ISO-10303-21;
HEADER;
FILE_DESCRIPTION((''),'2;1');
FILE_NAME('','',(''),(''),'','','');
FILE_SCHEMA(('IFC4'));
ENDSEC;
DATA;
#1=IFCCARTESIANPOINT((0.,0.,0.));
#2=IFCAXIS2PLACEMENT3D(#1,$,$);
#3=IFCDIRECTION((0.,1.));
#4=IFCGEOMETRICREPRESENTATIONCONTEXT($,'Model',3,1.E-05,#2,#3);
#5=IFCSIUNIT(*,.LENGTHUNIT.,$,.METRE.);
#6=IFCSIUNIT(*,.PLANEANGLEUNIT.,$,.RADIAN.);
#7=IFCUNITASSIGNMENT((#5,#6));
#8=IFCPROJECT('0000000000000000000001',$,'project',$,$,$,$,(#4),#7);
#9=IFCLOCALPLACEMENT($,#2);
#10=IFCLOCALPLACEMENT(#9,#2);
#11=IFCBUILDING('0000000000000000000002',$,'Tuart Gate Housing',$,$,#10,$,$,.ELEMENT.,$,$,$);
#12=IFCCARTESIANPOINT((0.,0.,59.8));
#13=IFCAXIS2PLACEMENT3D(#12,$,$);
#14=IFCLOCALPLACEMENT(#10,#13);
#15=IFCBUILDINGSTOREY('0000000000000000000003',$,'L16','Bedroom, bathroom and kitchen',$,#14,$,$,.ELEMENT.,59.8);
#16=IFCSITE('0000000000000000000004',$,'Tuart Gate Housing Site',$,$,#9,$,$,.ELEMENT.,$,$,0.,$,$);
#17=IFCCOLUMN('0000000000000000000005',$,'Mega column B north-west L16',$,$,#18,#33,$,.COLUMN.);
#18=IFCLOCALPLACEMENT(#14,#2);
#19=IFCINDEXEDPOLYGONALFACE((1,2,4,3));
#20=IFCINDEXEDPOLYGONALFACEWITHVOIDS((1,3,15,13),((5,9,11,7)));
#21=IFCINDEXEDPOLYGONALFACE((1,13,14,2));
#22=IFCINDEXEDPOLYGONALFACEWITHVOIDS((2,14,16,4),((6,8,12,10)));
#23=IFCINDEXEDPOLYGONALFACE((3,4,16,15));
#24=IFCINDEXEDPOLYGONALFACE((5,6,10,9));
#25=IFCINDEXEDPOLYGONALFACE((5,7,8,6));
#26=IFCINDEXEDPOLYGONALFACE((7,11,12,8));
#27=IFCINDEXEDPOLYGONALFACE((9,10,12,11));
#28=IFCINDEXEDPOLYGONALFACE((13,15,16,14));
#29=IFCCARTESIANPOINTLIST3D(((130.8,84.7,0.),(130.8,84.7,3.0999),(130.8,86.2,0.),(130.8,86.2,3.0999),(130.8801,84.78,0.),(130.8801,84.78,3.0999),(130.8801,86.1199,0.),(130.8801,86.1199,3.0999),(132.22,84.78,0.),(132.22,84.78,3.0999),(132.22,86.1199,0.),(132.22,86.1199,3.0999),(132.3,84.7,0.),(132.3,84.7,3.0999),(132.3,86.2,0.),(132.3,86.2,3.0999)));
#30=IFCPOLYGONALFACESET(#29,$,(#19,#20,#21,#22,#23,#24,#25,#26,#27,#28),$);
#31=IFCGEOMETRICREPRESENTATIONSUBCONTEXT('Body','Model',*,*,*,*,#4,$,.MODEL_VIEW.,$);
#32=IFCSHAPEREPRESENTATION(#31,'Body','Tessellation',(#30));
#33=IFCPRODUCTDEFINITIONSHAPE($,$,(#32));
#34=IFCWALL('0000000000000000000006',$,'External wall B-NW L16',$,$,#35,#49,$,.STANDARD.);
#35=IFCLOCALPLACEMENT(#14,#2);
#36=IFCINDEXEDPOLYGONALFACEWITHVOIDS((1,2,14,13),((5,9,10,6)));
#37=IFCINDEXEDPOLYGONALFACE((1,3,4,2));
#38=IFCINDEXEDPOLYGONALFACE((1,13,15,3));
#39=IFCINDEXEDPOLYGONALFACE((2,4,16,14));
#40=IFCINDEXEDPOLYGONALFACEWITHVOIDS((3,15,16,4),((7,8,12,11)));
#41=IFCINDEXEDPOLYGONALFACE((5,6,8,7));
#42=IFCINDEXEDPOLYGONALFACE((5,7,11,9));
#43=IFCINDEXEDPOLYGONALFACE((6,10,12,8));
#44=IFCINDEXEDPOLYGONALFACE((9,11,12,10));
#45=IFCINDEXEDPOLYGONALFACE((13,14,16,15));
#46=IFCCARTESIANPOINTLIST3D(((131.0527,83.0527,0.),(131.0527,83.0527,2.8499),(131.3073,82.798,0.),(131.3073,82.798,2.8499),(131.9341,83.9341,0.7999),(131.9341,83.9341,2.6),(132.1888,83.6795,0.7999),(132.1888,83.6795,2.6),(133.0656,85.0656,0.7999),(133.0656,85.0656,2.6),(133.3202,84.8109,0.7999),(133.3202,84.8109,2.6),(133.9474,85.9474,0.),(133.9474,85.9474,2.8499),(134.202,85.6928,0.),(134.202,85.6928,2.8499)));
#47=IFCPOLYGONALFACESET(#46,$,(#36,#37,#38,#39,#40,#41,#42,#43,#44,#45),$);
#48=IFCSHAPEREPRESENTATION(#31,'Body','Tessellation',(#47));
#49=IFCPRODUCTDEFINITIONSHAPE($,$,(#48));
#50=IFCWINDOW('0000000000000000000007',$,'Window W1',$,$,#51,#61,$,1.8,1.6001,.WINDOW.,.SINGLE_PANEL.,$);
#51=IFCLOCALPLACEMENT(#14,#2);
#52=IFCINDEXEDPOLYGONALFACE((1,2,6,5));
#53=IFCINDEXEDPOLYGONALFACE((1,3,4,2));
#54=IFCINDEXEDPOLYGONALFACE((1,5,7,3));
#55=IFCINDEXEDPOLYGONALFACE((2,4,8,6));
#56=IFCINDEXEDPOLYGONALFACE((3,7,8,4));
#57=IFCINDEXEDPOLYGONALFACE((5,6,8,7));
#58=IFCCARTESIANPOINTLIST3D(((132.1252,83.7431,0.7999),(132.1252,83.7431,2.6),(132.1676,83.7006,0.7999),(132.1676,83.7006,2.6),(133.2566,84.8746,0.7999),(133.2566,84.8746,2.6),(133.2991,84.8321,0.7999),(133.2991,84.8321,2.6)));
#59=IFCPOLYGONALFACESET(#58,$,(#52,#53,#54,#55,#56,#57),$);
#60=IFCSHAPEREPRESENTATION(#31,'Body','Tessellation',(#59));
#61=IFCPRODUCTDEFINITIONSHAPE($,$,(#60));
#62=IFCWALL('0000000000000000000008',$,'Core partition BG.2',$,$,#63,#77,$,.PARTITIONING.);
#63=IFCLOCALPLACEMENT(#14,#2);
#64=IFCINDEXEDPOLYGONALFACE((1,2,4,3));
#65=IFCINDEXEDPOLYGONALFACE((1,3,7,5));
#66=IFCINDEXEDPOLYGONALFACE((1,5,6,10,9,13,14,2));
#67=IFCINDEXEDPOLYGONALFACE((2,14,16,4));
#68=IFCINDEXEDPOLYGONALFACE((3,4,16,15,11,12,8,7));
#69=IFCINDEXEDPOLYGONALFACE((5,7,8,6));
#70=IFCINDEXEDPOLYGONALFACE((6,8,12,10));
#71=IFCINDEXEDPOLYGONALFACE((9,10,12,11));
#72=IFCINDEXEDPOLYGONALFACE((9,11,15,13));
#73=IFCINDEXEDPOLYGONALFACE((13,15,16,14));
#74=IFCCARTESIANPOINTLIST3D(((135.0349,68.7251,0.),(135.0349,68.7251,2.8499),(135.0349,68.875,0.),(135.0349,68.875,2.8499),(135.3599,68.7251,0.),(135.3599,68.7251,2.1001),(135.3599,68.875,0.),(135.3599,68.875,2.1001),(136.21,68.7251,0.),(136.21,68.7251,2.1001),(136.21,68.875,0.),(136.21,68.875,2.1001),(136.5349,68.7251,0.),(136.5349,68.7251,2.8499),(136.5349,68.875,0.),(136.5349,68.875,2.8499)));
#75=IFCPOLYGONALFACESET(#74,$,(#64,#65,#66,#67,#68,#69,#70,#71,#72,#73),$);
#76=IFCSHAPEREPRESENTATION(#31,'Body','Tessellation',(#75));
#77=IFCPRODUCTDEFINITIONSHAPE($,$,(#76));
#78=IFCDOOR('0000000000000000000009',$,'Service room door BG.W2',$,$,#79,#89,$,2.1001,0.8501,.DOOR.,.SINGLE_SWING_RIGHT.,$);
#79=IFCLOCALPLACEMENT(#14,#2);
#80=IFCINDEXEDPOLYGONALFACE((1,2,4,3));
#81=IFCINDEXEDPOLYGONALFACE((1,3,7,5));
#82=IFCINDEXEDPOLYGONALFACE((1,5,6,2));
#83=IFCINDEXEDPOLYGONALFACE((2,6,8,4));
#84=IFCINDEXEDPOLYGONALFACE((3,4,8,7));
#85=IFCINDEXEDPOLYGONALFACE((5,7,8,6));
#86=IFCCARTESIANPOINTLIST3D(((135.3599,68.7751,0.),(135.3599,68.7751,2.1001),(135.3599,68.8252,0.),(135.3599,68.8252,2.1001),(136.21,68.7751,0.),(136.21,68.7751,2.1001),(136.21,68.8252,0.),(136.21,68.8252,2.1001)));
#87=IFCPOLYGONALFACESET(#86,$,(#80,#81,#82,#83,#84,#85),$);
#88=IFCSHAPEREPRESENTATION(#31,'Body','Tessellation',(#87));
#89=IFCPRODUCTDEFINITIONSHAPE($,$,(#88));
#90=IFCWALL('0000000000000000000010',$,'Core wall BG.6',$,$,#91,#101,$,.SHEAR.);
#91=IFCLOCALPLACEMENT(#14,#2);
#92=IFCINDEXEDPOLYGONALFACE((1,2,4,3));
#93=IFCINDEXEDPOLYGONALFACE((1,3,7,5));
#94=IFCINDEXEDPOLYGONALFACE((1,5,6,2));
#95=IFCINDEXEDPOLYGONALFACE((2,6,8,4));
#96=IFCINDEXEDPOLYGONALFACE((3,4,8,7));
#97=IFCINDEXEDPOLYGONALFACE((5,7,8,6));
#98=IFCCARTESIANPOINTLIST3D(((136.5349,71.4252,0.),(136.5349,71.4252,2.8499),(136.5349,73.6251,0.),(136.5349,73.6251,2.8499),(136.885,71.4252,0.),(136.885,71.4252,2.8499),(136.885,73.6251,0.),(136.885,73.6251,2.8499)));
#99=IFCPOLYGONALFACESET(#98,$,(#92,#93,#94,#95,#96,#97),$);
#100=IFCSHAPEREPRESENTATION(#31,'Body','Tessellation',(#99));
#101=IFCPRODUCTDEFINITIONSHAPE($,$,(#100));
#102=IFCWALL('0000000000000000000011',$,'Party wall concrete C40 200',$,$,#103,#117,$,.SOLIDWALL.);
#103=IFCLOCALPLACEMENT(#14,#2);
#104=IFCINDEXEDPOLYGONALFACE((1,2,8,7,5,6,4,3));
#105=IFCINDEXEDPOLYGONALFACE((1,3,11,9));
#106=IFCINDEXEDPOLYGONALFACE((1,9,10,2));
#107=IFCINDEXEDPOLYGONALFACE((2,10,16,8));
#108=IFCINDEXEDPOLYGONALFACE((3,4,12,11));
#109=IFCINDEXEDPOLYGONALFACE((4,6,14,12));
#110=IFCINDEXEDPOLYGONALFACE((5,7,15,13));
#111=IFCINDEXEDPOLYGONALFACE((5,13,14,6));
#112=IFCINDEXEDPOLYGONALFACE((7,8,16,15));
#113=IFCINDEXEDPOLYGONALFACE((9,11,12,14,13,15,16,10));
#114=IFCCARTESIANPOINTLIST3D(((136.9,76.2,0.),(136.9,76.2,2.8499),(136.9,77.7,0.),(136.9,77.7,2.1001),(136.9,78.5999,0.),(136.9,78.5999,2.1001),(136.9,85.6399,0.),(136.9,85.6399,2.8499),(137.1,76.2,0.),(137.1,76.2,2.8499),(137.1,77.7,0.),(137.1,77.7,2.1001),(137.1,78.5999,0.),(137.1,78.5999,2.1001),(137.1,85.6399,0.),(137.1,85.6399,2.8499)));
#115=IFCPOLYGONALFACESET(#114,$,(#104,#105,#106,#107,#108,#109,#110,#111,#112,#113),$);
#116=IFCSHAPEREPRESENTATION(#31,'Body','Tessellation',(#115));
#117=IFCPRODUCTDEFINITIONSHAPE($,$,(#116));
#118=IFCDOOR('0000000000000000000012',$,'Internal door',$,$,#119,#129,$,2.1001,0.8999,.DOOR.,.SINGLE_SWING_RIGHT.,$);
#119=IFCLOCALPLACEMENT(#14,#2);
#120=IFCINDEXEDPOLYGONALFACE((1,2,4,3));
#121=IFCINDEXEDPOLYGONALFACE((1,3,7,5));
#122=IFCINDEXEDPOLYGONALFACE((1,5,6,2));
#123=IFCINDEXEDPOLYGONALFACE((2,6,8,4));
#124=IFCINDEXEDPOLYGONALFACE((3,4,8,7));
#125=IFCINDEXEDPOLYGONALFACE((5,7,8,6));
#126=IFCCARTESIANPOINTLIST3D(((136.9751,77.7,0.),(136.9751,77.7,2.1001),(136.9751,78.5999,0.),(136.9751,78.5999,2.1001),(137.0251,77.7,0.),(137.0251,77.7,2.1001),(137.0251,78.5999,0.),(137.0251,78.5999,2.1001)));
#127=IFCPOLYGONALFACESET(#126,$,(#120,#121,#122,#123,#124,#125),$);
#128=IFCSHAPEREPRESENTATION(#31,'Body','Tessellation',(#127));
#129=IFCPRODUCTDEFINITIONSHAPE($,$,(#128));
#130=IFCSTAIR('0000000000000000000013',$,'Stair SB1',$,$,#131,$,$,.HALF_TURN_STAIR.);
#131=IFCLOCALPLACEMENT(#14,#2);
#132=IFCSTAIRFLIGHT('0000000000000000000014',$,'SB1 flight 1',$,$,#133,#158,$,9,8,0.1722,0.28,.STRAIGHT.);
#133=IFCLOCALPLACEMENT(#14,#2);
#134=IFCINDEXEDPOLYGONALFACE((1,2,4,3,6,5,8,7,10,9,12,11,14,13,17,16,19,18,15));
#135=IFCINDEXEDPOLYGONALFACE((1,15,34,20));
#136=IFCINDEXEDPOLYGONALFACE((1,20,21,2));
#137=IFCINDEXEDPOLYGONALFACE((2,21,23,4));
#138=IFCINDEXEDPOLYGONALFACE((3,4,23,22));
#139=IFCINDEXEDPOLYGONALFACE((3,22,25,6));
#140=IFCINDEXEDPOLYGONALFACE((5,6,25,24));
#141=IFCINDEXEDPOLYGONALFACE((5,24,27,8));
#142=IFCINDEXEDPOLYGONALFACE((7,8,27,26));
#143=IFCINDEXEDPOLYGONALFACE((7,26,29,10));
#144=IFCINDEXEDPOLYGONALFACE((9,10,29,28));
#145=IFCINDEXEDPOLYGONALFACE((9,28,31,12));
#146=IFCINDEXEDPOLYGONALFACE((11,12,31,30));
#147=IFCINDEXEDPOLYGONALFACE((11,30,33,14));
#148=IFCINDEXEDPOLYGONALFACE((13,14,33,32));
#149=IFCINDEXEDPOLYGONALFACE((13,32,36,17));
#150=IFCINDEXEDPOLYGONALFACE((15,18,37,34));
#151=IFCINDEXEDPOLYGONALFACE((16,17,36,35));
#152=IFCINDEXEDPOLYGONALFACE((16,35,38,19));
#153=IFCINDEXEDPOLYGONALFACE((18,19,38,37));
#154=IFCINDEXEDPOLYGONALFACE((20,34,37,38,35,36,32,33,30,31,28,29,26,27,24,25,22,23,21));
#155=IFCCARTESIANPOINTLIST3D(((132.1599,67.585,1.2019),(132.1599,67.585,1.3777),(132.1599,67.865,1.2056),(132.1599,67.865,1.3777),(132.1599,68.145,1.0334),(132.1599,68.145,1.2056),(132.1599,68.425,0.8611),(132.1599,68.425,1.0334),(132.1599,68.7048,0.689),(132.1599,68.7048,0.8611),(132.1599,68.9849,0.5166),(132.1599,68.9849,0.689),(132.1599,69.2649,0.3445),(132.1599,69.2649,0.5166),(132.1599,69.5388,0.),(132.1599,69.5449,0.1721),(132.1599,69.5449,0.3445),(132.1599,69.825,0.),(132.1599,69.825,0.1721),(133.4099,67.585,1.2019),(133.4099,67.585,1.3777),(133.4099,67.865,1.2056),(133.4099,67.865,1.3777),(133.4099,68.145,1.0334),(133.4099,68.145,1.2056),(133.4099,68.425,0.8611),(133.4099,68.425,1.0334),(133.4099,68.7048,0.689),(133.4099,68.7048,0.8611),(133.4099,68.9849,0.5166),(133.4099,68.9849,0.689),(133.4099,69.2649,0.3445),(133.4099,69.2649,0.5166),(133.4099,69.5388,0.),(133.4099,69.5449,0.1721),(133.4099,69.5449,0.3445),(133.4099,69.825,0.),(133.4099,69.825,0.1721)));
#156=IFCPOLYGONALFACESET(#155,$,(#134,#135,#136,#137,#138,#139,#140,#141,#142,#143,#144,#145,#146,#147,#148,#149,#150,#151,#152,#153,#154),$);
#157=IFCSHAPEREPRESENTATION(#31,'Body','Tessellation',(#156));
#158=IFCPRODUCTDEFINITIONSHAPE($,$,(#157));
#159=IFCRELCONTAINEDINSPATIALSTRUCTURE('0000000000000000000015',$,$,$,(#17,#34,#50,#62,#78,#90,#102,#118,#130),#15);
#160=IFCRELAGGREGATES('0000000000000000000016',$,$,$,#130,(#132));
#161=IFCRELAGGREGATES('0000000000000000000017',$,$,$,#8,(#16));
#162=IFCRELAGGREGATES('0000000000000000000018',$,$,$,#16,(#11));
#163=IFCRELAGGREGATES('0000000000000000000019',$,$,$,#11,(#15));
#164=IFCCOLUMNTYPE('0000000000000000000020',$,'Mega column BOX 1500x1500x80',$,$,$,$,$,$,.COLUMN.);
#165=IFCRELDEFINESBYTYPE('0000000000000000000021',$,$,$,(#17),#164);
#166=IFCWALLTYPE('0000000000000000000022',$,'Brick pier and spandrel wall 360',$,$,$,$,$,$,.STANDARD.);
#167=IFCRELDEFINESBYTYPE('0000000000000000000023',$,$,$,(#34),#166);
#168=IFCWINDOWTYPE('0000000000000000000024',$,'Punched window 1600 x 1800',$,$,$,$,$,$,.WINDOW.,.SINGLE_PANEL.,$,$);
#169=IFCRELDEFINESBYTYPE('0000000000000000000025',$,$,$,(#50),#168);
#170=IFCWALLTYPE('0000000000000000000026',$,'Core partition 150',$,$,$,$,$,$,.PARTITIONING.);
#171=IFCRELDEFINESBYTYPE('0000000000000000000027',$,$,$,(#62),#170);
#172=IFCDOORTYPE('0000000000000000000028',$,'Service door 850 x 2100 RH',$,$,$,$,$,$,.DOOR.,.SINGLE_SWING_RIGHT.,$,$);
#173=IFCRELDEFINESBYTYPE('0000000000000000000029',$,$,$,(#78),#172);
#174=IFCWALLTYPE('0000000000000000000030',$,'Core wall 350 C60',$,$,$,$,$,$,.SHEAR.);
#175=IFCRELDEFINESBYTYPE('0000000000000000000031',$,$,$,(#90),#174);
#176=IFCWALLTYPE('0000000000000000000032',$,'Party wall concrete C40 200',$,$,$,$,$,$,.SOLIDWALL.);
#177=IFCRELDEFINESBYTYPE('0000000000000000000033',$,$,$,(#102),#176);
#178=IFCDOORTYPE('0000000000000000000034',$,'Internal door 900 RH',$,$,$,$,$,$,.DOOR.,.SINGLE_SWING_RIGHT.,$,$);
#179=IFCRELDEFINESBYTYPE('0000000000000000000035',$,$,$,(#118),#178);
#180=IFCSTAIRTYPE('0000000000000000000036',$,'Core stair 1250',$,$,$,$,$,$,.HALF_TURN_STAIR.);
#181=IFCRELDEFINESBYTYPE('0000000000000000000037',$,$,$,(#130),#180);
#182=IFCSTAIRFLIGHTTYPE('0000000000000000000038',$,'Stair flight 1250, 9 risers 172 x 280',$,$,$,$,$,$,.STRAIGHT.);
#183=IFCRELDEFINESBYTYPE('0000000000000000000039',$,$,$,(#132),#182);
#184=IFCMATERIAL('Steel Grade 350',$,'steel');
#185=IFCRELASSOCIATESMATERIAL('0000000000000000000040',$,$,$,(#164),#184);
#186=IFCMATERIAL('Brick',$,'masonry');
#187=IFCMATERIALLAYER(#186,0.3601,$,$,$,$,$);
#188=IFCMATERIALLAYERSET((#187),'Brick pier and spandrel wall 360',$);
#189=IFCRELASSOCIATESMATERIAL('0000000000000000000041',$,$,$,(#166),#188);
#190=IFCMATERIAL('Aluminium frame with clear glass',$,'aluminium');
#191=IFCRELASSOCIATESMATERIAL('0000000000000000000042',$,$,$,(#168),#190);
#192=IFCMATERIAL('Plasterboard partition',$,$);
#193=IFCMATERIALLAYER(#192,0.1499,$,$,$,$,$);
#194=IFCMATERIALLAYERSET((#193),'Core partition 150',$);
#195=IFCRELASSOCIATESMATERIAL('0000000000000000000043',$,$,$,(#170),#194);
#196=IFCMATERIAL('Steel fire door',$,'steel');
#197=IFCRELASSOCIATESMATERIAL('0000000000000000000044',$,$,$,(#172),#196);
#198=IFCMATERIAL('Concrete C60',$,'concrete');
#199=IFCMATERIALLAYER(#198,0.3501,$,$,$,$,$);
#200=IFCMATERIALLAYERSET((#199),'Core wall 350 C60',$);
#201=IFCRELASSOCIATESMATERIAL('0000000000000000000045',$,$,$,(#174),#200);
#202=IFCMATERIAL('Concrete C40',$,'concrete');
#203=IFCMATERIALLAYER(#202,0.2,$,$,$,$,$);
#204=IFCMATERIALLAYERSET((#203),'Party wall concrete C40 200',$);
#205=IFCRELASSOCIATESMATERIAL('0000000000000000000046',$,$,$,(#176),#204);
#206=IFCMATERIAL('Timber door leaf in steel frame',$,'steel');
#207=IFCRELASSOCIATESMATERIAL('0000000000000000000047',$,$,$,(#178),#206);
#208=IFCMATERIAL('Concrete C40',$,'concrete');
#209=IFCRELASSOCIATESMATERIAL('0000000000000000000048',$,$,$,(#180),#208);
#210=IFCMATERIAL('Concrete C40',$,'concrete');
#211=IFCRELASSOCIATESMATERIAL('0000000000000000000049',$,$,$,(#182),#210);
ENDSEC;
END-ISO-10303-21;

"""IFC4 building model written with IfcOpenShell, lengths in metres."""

from ifc_helpers import new_model, si_unit, direction, frame, frame_2d, origin, origin_2d, place, context, subcontext, project, spatial, polyline, rectangle, hollow_rectangle, outline, extrude, material, layer, layer_set, material_profile, profile_set, type_object, element, fill, aggregate, save


model = new_model("IFC4")

# Units and contexts
model_context = context("Model", 3, precision=1e-05, world=origin(), true_north=direction((0.0, 1.0)))
body_context = subcontext(model_context, "Body", "Model", "MODEL_VIEW")
ifc_project = project(units=[si_unit("LENGTHUNIT", "METRE"), si_unit("PLANEANGLEUNIT", "RADIAN")], contexts=[model_context])

# Site, building, storey
site_placement = place(None, origin())
site = spatial("IfcSite", under=ifc_project, at=site_placement, Name="Tuart Gate Housing Site", CompositionType="ELEMENT", RefElevation=0.0)
building_placement = place(site_placement, origin())
building = spatial("IfcBuilding", under=site, at=building_placement, Name="Tuart Gate Housing", CompositionType="ELEMENT")
storey_placement = place(building_placement, frame((0.0, 0.0, 59.8)))
storey = spatial("IfcBuildingStorey", under=building, at=storey_placement, Name="L16", Description="Bedroom, bathroom and kitchen", CompositionType="ELEMENT", Elevation=59.8)

# Column
ifc_material_1 = material(Name="Steel Grade 350", Category="steel")
ifc_material_profile = material_profile(ifc_material_1, hollow_rectangle(XDim=1.5, YDim=1.5, WallThickness=0.0801, at=origin_2d()), Name="BOX 1500x1500x80")
ifc_profile_set = profile_set([ifc_material_profile], Name="Steel Grade 350")
column_type = type_object("IfcColumnType", Name="Mega column BOX 1500x1500x80", PredefinedType="COLUMN", material=ifc_profile_set)
column_placement = place(storey_placement, frame((131.55, 85.45, 0.0), z_axis=(0.0, 0.0, 1.0), x_axis=(1.0, 0.0, 0.0)))
element("IfcColumn", 1, at=column_placement, inside=storey, type_object=column_type, Name="Mega column B north-west L16", PredefinedType="COLUMN", context=body_context, shape_type="SweptSolid", body=[
    extrude(hollow_rectangle(XDim=1.5, YDim=1.5, WallThickness=0.0801, at=origin_2d()), origin(), (0.0, 0.0, 1.0), 3.0999),
])

# Wall, opening, window
ifc_material_2 = material(Name="Brick", Category="masonry")
ifc_layer_1 = layer(ifc_material_2, 0.3601)
ifc_layer_set_1 = layer_set([ifc_layer_1], Name="Brick pier and spandrel wall 360")
wall_type_1 = type_object("IfcWallType", Name="Brick pier and spandrel wall 360", PredefinedType="STANDARD", material=ifc_layer_set_1)
wall_1_placement = place(storey_placement, frame((134.0747, 85.8201, 0.0), z_axis=(0.0, 0.0, 1.0), x_axis=(-0.707107, -0.707107, 0.0)))
wall_1 = element("IfcWall", 2, at=wall_1_placement, inside=storey, type_object=wall_type_1, Name="External wall B-NW L16", PredefinedType="STANDARD", context=body_context, shape_type="SweptSolid", body=[
    extrude(rectangle(XDim=4.0938, YDim=0.3601, at=frame_2d((2.0469, 0.0))), origin(), (0.0, 0.0, 1.0), 2.8499),
])
opening_1_placement = place(wall_1_placement, frame((1.2471, 0.0, 0.8)))
opening_1 = element("IfcOpeningElement", 3, at=opening_1_placement, cuts=wall_1, PredefinedType="OPENING", context=body_context, shape_type="SweptSolid", body=[
    extrude(rectangle(XDim=1.6001, YDim=1.8, at=frame_2d((0.8, 0.8999))), frame((0.0, 0.1899, 0.0), z_axis=(0.0, -1.0, 0.0), x_axis=(1.0, 0.0, 0.0)), (0.0, 0.0, 1.0), 0.3801),
])
ifc_material_3 = material(Name="Aluminium frame with clear glass", Category="aluminium")
window_type = type_object("IfcWindowType", Name="Punched window 1600 x 1800", PartitioningType="SINGLE_PANEL", PredefinedType="WINDOW", material=ifc_material_3)
window_placement = place(opening_1_placement, origin())
window = element("IfcWindow", 4, at=window_placement, inside=storey, type_object=window_type, Name="Window W1", OverallHeight=1.8, OverallWidth=1.6001, PartitioningType="SINGLE_PANEL", PredefinedType="WINDOW", context=body_context, shape_type="SweptSolid", body=[
    extrude(rectangle(XDim=1.6001, YDim=1.8, at=frame_2d((0.8, 0.8999))), frame((0.0, 0.1501, 0.0), z_axis=(0.0, -1.0, 0.0), x_axis=(1.0, 0.0, 0.0)), (0.0, 0.0, 1.0), 0.0601),
])
fill(opening_1, window)

# Wall, opening, door
ifc_material_4 = material(Name="Plasterboard partition")
ifc_layer_2 = layer(ifc_material_4, 0.1499)
ifc_layer_set_2 = layer_set([ifc_layer_2], Name="Core partition 150")
wall_type_2 = type_object("IfcWallType", Name="Core partition 150", PredefinedType="PARTITIONING", material=ifc_layer_set_2)
wall_2_placement = place(storey_placement, frame((136.5349, 68.8, 0.0), z_axis=(0.0, 0.0, 1.0), x_axis=(-1.0, 0.0, 0.0)))
wall_2 = element("IfcWall", 5, at=wall_2_placement, inside=storey, type_object=wall_type_2, Name="Core partition BG.2", PredefinedType="PARTITIONING", context=body_context, shape_type="SweptSolid", body=[
    extrude(rectangle(XDim=1.5, YDim=0.1499, at=frame_2d((0.75, 0.0))), origin(), (0.0, 0.0, 1.0), 2.8499),
])
opening_2_placement = place(wall_2_placement, frame((0.325, 0.0, 0.0)))
opening_2 = element("IfcOpeningElement", 6, at=opening_2_placement, cuts=wall_2, PredefinedType="OPENING", context=body_context, shape_type="SweptSolid", body=[
    extrude(rectangle(XDim=0.8501, YDim=2.1001, at=frame_2d((0.425, 1.05))), frame((0.0, 0.085, 0.0), z_axis=(0.0, -1.0, 0.0), x_axis=(1.0, 0.0, 0.0)), (0.0, 0.0, 1.0), 0.1699),
])
ifc_material_5 = material(Name="Steel fire door", Category="steel")
door_type_1 = type_object("IfcDoorType", Name="Service door 850 x 2100 RH", OperationType="SINGLE_SWING_RIGHT", PredefinedType="DOOR", material=ifc_material_5)
door_1_placement = place(opening_2_placement, frame((0.8501, 0.0, 0.0), z_axis=(0.0, 0.0, 1.0), x_axis=(-1.0, 0.0, 0.0)))
door_1 = element("IfcDoor", 7, at=door_1_placement, inside=storey, type_object=door_type_1, Name="Service room door BG.W2", OperationType="SINGLE_SWING_RIGHT", OverallHeight=2.1001, OverallWidth=0.8501, PredefinedType="DOOR", context=body_context, shape_type="SweptSolid", body=[
    extrude(rectangle(XDim=0.8501, YDim=2.1001, at=frame_2d((0.425, 1.05))), frame((0.0, 0.0251, 0.0), z_axis=(0.0, -1.0, 0.0), x_axis=(1.0, 0.0, 0.0)), (0.0, 0.0, 1.0), 0.05),
])
fill(opening_2, door_1)

# Wall
ifc_material_6 = material(Name="Concrete C60", Category="concrete")
ifc_layer_3 = layer(ifc_material_6, 0.3501)
ifc_layer_set_3 = layer_set([ifc_layer_3], Name="Core wall 350 C60")
wall_type_3 = type_object("IfcWallType", Name="Core wall 350 C60", PredefinedType="SHEAR", material=ifc_layer_set_3)
wall_3_placement = place(storey_placement, frame((136.71, 71.425, 0.0), z_axis=(0.0, 0.0, 1.0), x_axis=(0.0, 1.0, 0.0)))
element("IfcWall", 8, at=wall_3_placement, inside=storey, type_object=wall_type_3, Name="Core wall BG.6", PredefinedType="SHEAR", context=body_context, shape_type="SweptSolid", body=[
    extrude(rectangle(XDim=2.2, YDim=0.3501, at=frame_2d((1.1001, 0.0))), origin(), (0.0, 0.0, 1.0), 2.8499),
])

# Wall, opening, door
ifc_material_7 = material(Name="Concrete C40", Category="concrete")
ifc_layer_4 = layer(ifc_material_7, 0.2)
ifc_layer_set_4 = layer_set([ifc_layer_4], Name="Party wall concrete C40 200")
wall_type_4 = type_object("IfcWallType", Name="Party wall concrete C40 200", PredefinedType="SOLIDWALL", material=ifc_layer_set_4)
wall_4_placement = place(storey_placement, frame((137.0, 76.2, 0.0), z_axis=(0.0, 0.0, 1.0), x_axis=(0.0, 1.0, 0.0)))
wall_4 = element("IfcWall", 9, at=wall_4_placement, inside=storey, type_object=wall_type_4, Name="Party wall concrete C40 200", PredefinedType="SOLIDWALL", context=body_context, shape_type="SweptSolid", body=[
    extrude(rectangle(XDim=9.4399, YDim=0.2, at=frame_2d((4.72, 0.0))), origin(), (0.0, 0.0, 1.0), 2.8499),
])
opening_3_placement = place(wall_4_placement, frame((1.5, 0.0, 0.0)))
opening_3 = element("IfcOpeningElement", 10, at=opening_3_placement, cuts=wall_4, PredefinedType="OPENING", context=body_context, shape_type="SweptSolid", body=[
    extrude(rectangle(XDim=0.8999, YDim=2.1001, at=frame_2d((0.45, 1.05))), frame((0.0, 0.1099, 0.0), z_axis=(0.0, -1.0, 0.0), x_axis=(1.0, 0.0, 0.0)), (0.0, 0.0, 1.0), 0.22),
])
ifc_material_8 = material(Name="Timber door leaf in steel frame", Category="steel")
door_type_2 = type_object("IfcDoorType", Name="Internal door 900 RH", OperationType="SINGLE_SWING_RIGHT", PredefinedType="DOOR", material=ifc_material_8)
door_2_placement = place(opening_3_placement, frame((0.8999, 0.0, 0.0), z_axis=(0.0, 0.0, 1.0), x_axis=(-1.0, 0.0, 0.0)))
door_2 = element("IfcDoor", 11, at=door_2_placement, inside=storey, type_object=door_type_2, Name="Internal door", OperationType="SINGLE_SWING_RIGHT", OverallHeight=2.1001, OverallWidth=0.8999, PredefinedType="DOOR", context=body_context, shape_type="SweptSolid", body=[
    extrude(rectangle(XDim=0.8999, YDim=2.1001, at=frame_2d((0.45, 1.05))), frame((0.0, 0.0251, 0.0), z_axis=(0.0, -1.0, 0.0), x_axis=(1.0, 0.0, 0.0)), (0.0, 0.0, 1.0), 0.05),
])
fill(opening_3, door_2)

# Stair, stair flight
ifc_material_9 = material(Name="Concrete C40", Category="concrete")
stair_type = type_object("IfcStairType", Name="Core stair 1250", PredefinedType="HALF_TURN_STAIR", material=ifc_material_9)
stair_placement = place(storey_placement, origin())
stair = element("IfcStair", 12, at=stair_placement, inside=storey, type_object=stair_type, Name="Stair SB1", PredefinedType="HALF_TURN_STAIR")
ifc_material_10 = material(Name="Concrete C40", Category="concrete")
stair_flight_type = type_object("IfcStairFlightType", Name="Stair flight 1250, 9 risers 172 x 280", PredefinedType="STRAIGHT", material=ifc_material_10)
stair_flight_placement = place(storey_placement, frame((132.7849, 69.825, 0.0), z_axis=(0.0, 0.0, 1.0), x_axis=(0.0, -1.0, 0.0)))
stair_flight = element("IfcStairFlight", 13, at=stair_flight_placement, type_object=stair_flight_type, Name="SB1 flight 1", NumberOfRisers=9, NumberOfTreads=8, PredefinedType="STRAIGHT", RiserHeight=0.1722, TreadLength=0.28, context=body_context, shape_type="SweptSolid", body=[
    extrude(outline(polyline([(0.0, 0.0), (0.0, 0.1721), (0.28, 0.1721), (0.28, 0.3445), (0.5601, 0.3445), (0.5601, 0.5166), (0.8401, 0.5166), (0.8401, 0.689), (1.1201, 0.689), (1.1201, 0.8611), (1.3999, 0.8611), (1.3999, 1.0334), (1.6799, 1.0334), (1.6799, 1.2056), (1.96, 1.2056), (1.96, 1.3777), (2.24, 1.3777), (2.24, 1.55), (2.24, 1.2019), (0.2861, 0.0), (0.0, 0.0)])), frame((0.0, 0.625, 0.0), z_axis=(0.0, -1.0, 0.0), x_axis=(1.0, 0.0, 0.0)), (0.0, 0.0, 1.0), 1.25),
])
aggregate(stair, [stair_flight])

save(model, "model.ifc")
